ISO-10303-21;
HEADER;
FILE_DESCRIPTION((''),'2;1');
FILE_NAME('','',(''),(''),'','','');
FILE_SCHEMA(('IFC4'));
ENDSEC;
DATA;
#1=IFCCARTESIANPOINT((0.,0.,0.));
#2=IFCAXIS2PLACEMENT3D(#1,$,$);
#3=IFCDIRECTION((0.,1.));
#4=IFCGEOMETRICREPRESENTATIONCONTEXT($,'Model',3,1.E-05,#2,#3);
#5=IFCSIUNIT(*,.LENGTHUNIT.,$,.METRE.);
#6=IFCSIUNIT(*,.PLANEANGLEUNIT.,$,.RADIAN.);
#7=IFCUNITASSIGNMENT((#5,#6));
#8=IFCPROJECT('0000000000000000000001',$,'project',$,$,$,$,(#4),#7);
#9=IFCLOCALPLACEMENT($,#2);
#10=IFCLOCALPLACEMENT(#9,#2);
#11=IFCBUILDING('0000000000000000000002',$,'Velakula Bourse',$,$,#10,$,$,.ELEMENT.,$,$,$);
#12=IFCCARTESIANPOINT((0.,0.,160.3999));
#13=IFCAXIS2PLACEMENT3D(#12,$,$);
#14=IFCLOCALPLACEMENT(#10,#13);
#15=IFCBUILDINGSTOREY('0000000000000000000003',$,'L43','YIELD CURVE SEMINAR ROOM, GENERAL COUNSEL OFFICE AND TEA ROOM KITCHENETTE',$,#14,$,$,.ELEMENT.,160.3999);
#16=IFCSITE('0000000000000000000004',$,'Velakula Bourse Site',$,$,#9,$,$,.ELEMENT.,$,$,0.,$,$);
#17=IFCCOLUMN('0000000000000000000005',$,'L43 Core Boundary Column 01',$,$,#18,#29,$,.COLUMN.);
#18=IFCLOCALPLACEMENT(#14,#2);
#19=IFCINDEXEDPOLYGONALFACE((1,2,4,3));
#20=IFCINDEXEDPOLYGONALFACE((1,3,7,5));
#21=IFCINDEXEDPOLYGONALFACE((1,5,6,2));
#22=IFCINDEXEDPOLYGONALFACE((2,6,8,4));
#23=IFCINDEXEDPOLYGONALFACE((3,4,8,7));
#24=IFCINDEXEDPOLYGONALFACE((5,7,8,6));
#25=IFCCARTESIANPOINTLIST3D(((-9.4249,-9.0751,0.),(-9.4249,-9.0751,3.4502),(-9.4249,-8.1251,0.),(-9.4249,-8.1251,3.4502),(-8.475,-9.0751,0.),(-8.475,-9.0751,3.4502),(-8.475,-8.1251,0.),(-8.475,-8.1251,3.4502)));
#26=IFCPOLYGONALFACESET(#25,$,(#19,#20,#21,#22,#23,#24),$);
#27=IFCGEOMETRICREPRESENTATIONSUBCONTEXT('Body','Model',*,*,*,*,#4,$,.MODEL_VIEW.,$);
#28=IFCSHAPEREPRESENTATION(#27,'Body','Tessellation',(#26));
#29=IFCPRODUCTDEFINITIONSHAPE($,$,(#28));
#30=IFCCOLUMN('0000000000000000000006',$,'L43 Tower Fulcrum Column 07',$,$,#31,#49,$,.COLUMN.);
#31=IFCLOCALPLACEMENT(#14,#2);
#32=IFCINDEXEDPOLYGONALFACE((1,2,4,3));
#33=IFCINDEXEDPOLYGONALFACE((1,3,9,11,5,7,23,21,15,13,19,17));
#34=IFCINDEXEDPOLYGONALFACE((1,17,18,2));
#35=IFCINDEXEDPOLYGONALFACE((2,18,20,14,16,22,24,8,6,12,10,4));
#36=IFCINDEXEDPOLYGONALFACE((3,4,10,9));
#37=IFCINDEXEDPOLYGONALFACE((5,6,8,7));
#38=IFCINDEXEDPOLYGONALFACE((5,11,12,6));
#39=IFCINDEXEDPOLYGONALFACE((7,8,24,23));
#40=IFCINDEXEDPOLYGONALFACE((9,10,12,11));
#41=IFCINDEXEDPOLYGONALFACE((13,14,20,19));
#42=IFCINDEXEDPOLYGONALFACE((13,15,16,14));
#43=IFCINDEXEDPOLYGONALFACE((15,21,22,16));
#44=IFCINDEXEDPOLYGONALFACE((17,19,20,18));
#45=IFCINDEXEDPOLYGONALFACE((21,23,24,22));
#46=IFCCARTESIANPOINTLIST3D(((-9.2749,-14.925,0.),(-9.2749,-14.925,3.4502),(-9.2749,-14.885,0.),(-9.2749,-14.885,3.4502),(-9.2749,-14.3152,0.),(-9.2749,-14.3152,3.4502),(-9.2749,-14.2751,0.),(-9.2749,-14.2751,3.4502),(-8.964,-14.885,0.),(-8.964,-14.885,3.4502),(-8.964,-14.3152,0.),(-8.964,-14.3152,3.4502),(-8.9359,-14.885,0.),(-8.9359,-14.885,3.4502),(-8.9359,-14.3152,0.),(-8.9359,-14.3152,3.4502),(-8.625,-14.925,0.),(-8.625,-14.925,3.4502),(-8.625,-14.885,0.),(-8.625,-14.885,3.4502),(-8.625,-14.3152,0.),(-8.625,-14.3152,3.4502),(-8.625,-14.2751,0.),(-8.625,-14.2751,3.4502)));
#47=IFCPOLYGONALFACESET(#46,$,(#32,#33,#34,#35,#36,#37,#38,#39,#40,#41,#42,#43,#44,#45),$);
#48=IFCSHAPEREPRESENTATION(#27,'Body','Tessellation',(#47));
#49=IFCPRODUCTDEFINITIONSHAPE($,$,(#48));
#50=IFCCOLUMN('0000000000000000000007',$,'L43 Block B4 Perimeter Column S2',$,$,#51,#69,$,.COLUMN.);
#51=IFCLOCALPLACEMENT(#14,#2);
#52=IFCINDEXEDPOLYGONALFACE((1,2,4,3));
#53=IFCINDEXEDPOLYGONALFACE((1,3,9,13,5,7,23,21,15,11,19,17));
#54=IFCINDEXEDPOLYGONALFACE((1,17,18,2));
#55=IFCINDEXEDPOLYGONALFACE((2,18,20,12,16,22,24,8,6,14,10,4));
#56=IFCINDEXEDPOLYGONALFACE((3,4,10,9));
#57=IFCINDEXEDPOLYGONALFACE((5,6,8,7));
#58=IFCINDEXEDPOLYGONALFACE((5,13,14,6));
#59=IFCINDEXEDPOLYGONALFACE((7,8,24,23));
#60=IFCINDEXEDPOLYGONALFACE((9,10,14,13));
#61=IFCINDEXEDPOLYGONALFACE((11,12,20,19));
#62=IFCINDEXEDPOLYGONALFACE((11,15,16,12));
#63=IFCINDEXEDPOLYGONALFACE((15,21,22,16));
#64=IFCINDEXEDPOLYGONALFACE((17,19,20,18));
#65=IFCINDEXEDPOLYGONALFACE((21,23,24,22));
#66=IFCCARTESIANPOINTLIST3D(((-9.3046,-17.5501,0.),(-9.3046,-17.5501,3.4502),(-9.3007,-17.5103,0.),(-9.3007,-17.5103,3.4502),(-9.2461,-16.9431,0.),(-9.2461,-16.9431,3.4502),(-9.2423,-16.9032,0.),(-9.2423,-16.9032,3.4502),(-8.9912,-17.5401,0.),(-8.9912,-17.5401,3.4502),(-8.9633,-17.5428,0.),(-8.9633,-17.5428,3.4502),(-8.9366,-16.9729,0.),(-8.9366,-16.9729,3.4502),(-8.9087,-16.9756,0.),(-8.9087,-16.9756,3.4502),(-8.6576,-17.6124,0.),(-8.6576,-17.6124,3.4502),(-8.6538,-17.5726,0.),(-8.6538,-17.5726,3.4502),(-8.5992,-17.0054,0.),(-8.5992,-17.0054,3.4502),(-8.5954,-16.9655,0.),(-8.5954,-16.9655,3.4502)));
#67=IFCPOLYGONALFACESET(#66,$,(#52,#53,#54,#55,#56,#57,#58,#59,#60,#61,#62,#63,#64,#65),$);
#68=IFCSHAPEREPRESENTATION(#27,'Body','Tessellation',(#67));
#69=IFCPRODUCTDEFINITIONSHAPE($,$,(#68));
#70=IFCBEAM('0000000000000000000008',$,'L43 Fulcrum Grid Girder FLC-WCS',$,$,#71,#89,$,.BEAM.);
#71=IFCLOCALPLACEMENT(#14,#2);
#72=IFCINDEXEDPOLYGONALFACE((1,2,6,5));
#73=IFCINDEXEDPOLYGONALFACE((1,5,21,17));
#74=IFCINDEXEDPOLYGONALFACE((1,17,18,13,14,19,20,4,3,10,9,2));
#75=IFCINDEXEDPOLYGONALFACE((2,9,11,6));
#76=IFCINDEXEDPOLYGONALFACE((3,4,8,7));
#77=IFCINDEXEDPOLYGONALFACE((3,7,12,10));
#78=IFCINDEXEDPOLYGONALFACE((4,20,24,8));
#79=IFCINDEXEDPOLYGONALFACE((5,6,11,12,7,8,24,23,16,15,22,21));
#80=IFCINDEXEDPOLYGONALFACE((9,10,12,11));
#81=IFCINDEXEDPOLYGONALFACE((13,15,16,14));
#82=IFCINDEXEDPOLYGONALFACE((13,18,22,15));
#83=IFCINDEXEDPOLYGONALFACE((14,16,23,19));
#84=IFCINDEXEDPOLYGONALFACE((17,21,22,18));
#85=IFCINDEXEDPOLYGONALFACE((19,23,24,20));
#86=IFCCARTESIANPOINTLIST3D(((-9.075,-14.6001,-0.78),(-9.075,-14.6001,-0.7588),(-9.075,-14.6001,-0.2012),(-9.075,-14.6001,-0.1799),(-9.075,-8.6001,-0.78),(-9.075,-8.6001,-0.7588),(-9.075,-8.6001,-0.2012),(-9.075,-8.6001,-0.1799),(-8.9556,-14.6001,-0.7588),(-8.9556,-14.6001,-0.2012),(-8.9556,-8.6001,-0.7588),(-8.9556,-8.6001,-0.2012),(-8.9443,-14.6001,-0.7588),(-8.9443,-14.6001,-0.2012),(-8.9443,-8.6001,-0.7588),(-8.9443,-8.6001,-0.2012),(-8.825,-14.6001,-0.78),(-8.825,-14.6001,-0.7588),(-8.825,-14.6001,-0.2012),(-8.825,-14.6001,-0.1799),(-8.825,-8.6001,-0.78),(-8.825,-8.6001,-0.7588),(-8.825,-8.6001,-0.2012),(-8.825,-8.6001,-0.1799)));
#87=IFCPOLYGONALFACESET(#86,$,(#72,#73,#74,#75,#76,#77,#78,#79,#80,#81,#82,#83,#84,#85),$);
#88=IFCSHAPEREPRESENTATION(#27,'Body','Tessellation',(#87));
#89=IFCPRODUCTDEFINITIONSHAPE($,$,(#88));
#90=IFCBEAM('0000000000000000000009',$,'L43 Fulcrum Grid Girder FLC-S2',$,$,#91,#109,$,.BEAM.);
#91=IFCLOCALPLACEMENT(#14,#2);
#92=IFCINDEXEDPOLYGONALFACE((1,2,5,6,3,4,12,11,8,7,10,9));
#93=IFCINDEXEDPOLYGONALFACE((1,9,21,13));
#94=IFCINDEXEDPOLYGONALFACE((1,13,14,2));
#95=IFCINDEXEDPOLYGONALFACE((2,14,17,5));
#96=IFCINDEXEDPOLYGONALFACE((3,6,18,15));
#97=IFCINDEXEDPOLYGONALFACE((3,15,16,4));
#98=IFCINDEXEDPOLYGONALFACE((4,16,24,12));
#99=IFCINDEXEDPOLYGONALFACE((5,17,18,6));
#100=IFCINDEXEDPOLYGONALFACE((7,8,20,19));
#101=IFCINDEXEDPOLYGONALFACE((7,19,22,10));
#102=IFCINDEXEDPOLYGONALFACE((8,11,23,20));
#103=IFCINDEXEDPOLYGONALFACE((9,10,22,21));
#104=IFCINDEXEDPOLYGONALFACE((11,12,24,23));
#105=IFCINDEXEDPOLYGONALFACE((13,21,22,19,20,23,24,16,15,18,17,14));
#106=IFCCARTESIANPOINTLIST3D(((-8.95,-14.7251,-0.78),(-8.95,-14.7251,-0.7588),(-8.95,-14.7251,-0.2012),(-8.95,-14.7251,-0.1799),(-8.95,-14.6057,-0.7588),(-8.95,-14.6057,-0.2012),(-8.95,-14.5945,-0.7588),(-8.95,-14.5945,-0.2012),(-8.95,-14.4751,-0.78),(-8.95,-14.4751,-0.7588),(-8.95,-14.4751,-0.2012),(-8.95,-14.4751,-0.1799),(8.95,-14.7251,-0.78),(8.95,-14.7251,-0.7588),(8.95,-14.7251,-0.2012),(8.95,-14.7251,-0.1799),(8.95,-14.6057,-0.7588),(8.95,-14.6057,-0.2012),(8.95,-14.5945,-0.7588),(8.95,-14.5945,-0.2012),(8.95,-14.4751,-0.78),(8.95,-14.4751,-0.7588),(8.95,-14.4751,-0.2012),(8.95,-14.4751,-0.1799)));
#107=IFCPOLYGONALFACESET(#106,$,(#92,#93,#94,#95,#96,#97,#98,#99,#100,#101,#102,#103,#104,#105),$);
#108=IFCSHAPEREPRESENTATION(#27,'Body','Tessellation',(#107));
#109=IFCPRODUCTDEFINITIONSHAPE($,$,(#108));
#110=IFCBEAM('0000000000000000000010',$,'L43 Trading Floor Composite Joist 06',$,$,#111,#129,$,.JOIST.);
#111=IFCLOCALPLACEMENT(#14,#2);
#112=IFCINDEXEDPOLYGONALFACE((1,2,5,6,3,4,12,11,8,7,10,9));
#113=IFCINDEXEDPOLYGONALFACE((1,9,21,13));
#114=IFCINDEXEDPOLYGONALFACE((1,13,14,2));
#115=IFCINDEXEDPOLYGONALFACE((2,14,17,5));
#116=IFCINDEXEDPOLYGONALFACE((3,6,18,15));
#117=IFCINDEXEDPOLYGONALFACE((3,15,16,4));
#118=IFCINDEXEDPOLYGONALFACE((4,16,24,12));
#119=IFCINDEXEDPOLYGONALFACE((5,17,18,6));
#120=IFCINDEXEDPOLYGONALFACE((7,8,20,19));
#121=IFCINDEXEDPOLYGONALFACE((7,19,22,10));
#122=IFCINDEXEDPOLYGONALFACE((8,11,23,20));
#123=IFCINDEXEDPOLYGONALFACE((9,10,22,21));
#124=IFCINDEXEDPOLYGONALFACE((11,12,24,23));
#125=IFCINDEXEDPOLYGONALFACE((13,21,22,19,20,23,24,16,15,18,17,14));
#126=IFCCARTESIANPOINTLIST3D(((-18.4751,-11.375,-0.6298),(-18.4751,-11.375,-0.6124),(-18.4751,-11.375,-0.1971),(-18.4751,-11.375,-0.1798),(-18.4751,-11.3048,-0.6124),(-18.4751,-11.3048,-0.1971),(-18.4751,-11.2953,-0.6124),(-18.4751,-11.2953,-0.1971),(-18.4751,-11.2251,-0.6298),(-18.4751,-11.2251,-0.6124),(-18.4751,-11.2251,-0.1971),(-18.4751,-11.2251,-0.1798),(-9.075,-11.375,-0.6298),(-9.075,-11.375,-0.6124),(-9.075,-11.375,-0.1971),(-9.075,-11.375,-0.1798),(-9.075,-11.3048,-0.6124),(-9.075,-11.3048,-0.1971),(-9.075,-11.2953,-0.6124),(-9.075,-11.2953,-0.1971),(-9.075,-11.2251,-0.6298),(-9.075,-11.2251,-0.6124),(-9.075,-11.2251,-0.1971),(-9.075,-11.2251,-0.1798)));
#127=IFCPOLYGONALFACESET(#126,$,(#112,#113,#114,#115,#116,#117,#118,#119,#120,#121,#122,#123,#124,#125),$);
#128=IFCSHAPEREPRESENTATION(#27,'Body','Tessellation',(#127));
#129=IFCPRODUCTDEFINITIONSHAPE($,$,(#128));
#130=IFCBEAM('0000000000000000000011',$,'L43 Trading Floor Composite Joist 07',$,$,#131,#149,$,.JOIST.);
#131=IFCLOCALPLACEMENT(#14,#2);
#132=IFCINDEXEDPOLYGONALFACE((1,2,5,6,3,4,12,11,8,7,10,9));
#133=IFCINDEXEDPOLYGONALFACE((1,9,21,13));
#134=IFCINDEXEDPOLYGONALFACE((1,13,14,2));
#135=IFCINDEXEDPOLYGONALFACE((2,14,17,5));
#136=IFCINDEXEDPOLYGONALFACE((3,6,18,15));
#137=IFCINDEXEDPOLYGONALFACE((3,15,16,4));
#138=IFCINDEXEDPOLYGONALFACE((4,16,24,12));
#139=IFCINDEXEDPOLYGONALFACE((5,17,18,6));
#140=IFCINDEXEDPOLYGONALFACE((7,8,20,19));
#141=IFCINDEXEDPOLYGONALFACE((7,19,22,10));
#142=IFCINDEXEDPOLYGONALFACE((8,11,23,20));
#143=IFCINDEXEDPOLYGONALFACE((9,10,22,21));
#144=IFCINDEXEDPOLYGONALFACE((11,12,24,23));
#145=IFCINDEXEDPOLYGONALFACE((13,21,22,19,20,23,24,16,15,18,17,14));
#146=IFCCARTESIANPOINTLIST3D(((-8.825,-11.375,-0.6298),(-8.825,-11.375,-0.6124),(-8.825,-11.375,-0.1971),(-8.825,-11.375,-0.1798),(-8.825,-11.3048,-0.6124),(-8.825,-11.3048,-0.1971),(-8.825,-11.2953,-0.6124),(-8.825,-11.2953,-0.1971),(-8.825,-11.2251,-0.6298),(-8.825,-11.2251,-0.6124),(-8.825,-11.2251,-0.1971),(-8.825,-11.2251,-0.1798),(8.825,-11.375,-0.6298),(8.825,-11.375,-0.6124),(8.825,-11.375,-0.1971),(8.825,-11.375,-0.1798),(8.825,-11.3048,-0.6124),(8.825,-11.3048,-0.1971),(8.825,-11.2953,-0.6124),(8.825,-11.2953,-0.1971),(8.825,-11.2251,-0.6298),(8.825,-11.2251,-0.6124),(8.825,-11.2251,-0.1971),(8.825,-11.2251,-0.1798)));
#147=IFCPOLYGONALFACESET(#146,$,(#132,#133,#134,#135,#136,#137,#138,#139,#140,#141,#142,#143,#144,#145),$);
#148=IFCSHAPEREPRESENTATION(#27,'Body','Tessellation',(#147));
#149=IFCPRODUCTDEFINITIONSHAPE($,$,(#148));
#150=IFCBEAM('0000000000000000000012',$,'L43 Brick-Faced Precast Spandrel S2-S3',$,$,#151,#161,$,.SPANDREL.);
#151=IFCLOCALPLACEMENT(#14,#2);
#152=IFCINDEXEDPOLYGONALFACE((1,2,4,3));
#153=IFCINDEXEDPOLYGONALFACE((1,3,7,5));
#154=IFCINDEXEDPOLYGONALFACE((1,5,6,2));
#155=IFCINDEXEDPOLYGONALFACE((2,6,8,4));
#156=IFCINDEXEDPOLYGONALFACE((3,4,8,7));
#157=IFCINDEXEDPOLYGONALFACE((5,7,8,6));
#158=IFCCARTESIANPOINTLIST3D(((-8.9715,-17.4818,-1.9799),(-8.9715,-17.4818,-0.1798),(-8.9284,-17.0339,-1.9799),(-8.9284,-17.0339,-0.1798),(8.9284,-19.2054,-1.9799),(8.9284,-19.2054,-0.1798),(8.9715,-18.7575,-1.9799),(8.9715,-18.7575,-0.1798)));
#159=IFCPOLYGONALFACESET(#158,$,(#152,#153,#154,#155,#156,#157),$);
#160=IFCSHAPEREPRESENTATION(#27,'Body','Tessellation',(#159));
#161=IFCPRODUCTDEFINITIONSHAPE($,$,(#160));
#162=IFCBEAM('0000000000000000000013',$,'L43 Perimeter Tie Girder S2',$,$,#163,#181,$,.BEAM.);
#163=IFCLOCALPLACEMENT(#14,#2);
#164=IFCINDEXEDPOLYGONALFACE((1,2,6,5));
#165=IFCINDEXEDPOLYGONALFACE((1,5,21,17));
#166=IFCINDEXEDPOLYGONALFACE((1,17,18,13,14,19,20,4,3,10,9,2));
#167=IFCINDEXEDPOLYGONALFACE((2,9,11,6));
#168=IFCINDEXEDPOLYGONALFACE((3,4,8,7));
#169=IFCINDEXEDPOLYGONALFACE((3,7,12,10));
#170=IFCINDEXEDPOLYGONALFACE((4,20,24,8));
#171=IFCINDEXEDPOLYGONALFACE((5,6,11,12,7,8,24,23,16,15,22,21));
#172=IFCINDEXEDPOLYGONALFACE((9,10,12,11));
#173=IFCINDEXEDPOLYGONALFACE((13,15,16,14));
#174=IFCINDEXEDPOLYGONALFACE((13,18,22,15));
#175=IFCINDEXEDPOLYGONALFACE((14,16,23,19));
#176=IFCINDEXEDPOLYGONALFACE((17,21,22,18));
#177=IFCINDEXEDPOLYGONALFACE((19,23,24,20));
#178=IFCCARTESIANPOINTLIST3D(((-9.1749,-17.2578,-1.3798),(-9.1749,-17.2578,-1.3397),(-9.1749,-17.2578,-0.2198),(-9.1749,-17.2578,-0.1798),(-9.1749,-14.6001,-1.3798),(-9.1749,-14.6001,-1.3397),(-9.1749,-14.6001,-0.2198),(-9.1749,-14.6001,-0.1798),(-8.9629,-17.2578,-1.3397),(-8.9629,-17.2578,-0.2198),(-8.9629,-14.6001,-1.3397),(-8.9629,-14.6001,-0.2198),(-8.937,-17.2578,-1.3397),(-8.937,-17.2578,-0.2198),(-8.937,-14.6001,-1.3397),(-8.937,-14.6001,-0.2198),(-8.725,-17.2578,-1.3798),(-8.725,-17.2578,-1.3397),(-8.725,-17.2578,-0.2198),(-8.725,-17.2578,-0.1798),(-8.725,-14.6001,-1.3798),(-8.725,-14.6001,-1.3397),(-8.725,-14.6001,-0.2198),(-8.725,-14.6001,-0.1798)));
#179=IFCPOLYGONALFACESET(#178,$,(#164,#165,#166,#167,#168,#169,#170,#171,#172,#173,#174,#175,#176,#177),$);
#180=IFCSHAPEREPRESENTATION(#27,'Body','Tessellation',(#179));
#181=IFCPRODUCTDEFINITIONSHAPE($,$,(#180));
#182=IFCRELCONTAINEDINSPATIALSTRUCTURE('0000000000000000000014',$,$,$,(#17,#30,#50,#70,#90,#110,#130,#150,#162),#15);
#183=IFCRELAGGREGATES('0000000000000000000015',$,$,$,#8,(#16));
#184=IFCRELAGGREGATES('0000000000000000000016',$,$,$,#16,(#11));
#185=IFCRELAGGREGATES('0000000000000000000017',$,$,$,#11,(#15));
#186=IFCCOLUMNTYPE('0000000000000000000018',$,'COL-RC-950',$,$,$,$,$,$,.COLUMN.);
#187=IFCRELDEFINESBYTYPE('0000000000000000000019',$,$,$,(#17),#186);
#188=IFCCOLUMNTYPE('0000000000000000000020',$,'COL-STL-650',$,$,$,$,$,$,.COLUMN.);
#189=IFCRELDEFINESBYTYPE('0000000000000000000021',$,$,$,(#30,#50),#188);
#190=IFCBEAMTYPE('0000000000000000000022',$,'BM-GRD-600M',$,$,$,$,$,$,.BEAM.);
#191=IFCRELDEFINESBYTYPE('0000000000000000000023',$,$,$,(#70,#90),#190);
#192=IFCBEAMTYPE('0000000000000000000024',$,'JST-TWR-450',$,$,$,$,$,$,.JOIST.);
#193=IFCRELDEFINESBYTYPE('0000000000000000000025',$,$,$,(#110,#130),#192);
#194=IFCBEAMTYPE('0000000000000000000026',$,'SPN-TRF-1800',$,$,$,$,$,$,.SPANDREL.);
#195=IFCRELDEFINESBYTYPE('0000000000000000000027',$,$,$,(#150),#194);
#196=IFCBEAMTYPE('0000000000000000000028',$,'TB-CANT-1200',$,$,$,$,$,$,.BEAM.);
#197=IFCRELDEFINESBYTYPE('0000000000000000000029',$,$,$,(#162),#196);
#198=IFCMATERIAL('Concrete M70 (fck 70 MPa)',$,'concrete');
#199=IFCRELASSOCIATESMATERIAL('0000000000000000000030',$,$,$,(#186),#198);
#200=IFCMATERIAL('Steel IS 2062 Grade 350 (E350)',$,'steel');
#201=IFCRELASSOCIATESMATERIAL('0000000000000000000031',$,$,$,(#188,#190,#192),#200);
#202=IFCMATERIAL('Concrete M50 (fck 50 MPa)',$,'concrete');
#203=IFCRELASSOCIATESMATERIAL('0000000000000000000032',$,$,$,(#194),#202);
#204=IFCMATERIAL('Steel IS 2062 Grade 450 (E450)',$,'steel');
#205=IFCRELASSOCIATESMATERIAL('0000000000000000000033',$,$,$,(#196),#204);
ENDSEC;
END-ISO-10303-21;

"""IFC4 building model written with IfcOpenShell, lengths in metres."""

from ifc_helpers import new_model, si_unit, direction, frame, origin, origin_2d, place, context, subcontext, project, spatial, rectangle, i_section, extrude, material, material_profile, profile_set, type_object, element, save


model = new_model("IFC4")

# Units and contexts
model_context = context("Model", 3, precision=1e-05, world=origin(), true_north=direction((0.0, 1.0)))
body_context = subcontext(model_context, "Body", "Model", "MODEL_VIEW")
ifc_project = project(units=[si_unit("LENGTHUNIT", "METRE"), si_unit("PLANEANGLEUNIT", "RADIAN")], contexts=[model_context])

# Site, building, storey
site_placement = place(None, origin())
site = spatial("IfcSite", under=ifc_project, at=site_placement, Name="Velakula Bourse Site", CompositionType="ELEMENT", RefElevation=0.0)
building_placement = place(site_placement, origin())
building = spatial("IfcBuilding", under=site, at=building_placement, Name="Velakula Bourse", CompositionType="ELEMENT")
storey_placement = place(building_placement, frame((0.0, 0.0, 160.3999)))
storey = spatial("IfcBuildingStorey", under=building, at=storey_placement, Name="L43", Description="YIELD CURVE SEMINAR ROOM, GENERAL COUNSEL OFFICE AND TEA ROOM KITCHENETTE", CompositionType="ELEMENT", Elevation=160.3999)

# Columns
ifc_material_1 = material(Name="Concrete M70 (fck 70 MPa)", Category="concrete")
ifc_material_profile_1 = material_profile(ifc_material_1, rectangle(XDim=0.95, YDim=0.95, at=origin_2d()), Name="Concrete M70 (fck 70 MPa)")
ifc_profile_set_1 = profile_set([ifc_material_profile_1], Name="Concrete M70 (fck 70 MPa)")
column_type_1 = type_object("IfcColumnType", Name="COL-RC-950", PredefinedType="COLUMN", material=ifc_profile_set_1)
column_placement = place(storey_placement, frame((-8.95, -8.6001, 0.0), z_axis=(0.0, 0.0, 1.0), x_axis=(1.0, 0.0, 0.0)))
element("IfcColumn", 1, at=column_placement, inside=storey, type_object=column_type_1, Name="L43 Core Boundary Column 01", PredefinedType="COLUMN", context=body_context, shape_type="SweptSolid", body=[
    extrude(rectangle(XDim=0.95, YDim=0.95, at=origin_2d()), origin(), (0.0, 0.0, 1.0), 3.4502),
])
ifc_material_2 = material(Name="Steel IS 2062 Grade 350 (E350)", Category="steel")
ifc_material_profile_2 = material_profile(ifc_material_2, i_section(OverallWidth=0.6499, OverallDepth=0.6499, WebThickness=0.0281, FlangeThickness=0.04, at=origin_2d()), Name="Steel IS 2062 Grade 350 (E350)")
ifc_profile_set_2 = profile_set([ifc_material_profile_2], Name="Steel IS 2062 Grade 350 (E350)")
column_type_2 = type_object("IfcColumnType", Name="COL-STL-650", PredefinedType="COLUMN", material=ifc_profile_set_2)
for number, where, z_axis, x_axis, name in (
    (2, (-8.95, -14.6001, 0.0), (0.0, 0.0, 1.0), (1.0, 0.0, 0.0), "L43 Tower Fulcrum Column 07"),
    (3, (-8.95, -17.2578, 0.0), (0.0, 0.0, 1.0), (0.995396, -0.095846, 0.0), "L43 Block B4 Perimeter Column S2"),
):
    element("IfcColumn", number, at=place(storey_placement, frame(where, z_axis=z_axis, x_axis=x_axis)), inside=storey, type_object=column_type_2, Name=name, PredefinedType="COLUMN", context=body_context, shape_type="SweptSolid", body=[
        extrude(i_section(OverallWidth=0.6499, OverallDepth=0.6499, WebThickness=0.0281, FlangeThickness=0.04, at=origin_2d()), origin(), (0.0, 0.0, 1.0), 3.4502),
    ])

# Beams
ifc_material_profile_3 = material_profile(ifc_material_2, i_section(OverallWidth=0.25, OverallDepth=0.6001, WebThickness=0.0112, FlangeThickness=0.0212, at=origin_2d()), Name="Steel IS 2062 Grade 350 (E350)")
ifc_profile_set_3 = profile_set([ifc_material_profile_3], Name="Steel IS 2062 Grade 350 (E350)")
beam_type_1 = type_object("IfcBeamType", Name="BM-GRD-600M", PredefinedType="BEAM", material=ifc_profile_set_3)
beam_1_placement = place(storey_placement, frame((-8.95, -14.6001, -0.48), z_axis=(0.0, 1.0, 0.0), x_axis=(-1.0, 0.0, 0.0)))
element("IfcBeam", 4, at=beam_1_placement, inside=storey, type_object=beam_type_1, Name="L43 Fulcrum Grid Girder FLC-WCS", PredefinedType="BEAM", context=body_context, shape_type="SweptSolid", body=[
    extrude(i_section(OverallWidth=0.25, OverallDepth=0.6001, WebThickness=0.0112, FlangeThickness=0.0212, at=origin_2d()), origin(), (0.0, 0.0, 1.0), 6.0),
])
beam_2_placement = place(storey_placement, frame((-8.95, -14.6001, -0.48), z_axis=(1.0, 0.0, 0.0), x_axis=(0.0, 1.0, 0.0)))
element("IfcBeam", 5, at=beam_2_placement, inside=storey, type_object=beam_type_1, Name="L43 Fulcrum Grid Girder FLC-S2", PredefinedType="BEAM", context=body_context, shape_type="SweptSolid", body=[
    extrude(i_section(OverallWidth=0.25, OverallDepth=0.6001, WebThickness=0.0112, FlangeThickness=0.0212, at=origin_2d()), origin(), (0.0, 0.0, 1.0), 17.8999),
])
ifc_material_profile_4 = material_profile(ifc_material_2, i_section(OverallWidth=0.1499, OverallDepth=0.45, WebThickness=0.0095, FlangeThickness=0.0173, at=origin_2d()), Name="Steel IS 2062 Grade 350 (E350)")
ifc_profile_set_4 = profile_set([ifc_material_profile_4], Name="Steel IS 2062 Grade 350 (E350)")
beam_type_2 = type_object("IfcBeamType", Name="JST-TWR-450", PredefinedType="JOIST", material=ifc_profile_set_4)
beam_3_placement = place(storey_placement, frame((-18.4751, -11.3, -0.4048), z_axis=(1.0, 0.0, 0.0), x_axis=(0.0, 1.0, 0.0)))
element("IfcBeam", 6, at=beam_3_placement, inside=storey, type_object=beam_type_2, Name="L43 Trading Floor Composite Joist 06", PredefinedType="JOIST", context=body_context, shape_type="SweptSolid", body=[
    extrude(i_section(OverallWidth=0.1499, OverallDepth=0.45, WebThickness=0.0095, FlangeThickness=0.0173, at=origin_2d()), origin(), (0.0, 0.0, 1.0), 9.4001),
])
beam_4_placement = place(storey_placement, frame((-8.825, -11.3, -0.4048), z_axis=(1.0, 0.0, 0.0), x_axis=(0.0, 1.0, 0.0)))
element("IfcBeam", 7, at=beam_4_placement, inside=storey, type_object=beam_type_2, Name="L43 Trading Floor Composite Joist 07", PredefinedType="JOIST", context=body_context, shape_type="SweptSolid", body=[
    extrude(i_section(OverallWidth=0.1499, OverallDepth=0.45, WebThickness=0.0095, FlangeThickness=0.0173, at=origin_2d()), origin(), (0.0, 0.0, 1.0), 17.6499),
])
ifc_material_3 = material(Name="Concrete M50 (fck 50 MPa)", Category="concrete")
ifc_material_profile_5 = material_profile(ifc_material_3, rectangle(XDim=0.45, YDim=1.8, at=origin_2d()), Name="Concrete M50 (fck 50 MPa)")
ifc_profile_set_5 = profile_set([ifc_material_profile_5], Name="Concrete M50 (fck 50 MPa)")
beam_type_3 = type_object("IfcBeamType", Name="SPN-TRF-1800", PredefinedType="SPANDREL", material=ifc_profile_set_5)
beam_5_placement = place(storey_placement, frame((-8.95, -17.2578, -1.0798), z_axis=(0.995396, -0.09585, 0.0), x_axis=(0.09585, 0.995396, 0.0)))
element("IfcBeam", 8, at=beam_5_placement, inside=storey, type_object=beam_type_3, Name="L43 Brick-Faced Precast Spandrel S2-S3", PredefinedType="SPANDREL", context=body_context, shape_type="SweptSolid", body=[
    extrude(rectangle(XDim=0.45, YDim=1.8, at=origin_2d()), origin(), (0.0, 0.0, 1.0), 17.9827),
])
ifc_material_4 = material(Name="Steel IS 2062 Grade 450 (E450)", Category="steel")
ifc_material_profile_6 = material_profile(ifc_material_4, i_section(OverallWidth=0.45, OverallDepth=1.2, WebThickness=0.0259, FlangeThickness=0.04, at=origin_2d()), Name="Steel IS 2062 Grade 450 (E450)")
ifc_profile_set_6 = profile_set([ifc_material_profile_6], Name="Steel IS 2062 Grade 450 (E450)")
beam_type_4 = type_object("IfcBeamType", Name="TB-CANT-1200", PredefinedType="BEAM", material=ifc_profile_set_6)
beam_6_placement = place(storey_placement, frame((-8.95, -14.6001, -0.7798), z_axis=(0.0, -1.0, 0.0), x_axis=(1.0, 0.0, 0.0)))
element("IfcBeam", 9, at=beam_6_placement, inside=storey, type_object=beam_type_4, Name="L43 Perimeter Tie Girder S2", PredefinedType="BEAM", context=body_context, shape_type="SweptSolid", body=[
    extrude(i_section(OverallWidth=0.45, OverallDepth=1.2, WebThickness=0.0259, FlangeThickness=0.04, at=origin_2d()), origin(), (0.0, 0.0, 1.0), 2.6577),
])

save(model, "model.ifc")
